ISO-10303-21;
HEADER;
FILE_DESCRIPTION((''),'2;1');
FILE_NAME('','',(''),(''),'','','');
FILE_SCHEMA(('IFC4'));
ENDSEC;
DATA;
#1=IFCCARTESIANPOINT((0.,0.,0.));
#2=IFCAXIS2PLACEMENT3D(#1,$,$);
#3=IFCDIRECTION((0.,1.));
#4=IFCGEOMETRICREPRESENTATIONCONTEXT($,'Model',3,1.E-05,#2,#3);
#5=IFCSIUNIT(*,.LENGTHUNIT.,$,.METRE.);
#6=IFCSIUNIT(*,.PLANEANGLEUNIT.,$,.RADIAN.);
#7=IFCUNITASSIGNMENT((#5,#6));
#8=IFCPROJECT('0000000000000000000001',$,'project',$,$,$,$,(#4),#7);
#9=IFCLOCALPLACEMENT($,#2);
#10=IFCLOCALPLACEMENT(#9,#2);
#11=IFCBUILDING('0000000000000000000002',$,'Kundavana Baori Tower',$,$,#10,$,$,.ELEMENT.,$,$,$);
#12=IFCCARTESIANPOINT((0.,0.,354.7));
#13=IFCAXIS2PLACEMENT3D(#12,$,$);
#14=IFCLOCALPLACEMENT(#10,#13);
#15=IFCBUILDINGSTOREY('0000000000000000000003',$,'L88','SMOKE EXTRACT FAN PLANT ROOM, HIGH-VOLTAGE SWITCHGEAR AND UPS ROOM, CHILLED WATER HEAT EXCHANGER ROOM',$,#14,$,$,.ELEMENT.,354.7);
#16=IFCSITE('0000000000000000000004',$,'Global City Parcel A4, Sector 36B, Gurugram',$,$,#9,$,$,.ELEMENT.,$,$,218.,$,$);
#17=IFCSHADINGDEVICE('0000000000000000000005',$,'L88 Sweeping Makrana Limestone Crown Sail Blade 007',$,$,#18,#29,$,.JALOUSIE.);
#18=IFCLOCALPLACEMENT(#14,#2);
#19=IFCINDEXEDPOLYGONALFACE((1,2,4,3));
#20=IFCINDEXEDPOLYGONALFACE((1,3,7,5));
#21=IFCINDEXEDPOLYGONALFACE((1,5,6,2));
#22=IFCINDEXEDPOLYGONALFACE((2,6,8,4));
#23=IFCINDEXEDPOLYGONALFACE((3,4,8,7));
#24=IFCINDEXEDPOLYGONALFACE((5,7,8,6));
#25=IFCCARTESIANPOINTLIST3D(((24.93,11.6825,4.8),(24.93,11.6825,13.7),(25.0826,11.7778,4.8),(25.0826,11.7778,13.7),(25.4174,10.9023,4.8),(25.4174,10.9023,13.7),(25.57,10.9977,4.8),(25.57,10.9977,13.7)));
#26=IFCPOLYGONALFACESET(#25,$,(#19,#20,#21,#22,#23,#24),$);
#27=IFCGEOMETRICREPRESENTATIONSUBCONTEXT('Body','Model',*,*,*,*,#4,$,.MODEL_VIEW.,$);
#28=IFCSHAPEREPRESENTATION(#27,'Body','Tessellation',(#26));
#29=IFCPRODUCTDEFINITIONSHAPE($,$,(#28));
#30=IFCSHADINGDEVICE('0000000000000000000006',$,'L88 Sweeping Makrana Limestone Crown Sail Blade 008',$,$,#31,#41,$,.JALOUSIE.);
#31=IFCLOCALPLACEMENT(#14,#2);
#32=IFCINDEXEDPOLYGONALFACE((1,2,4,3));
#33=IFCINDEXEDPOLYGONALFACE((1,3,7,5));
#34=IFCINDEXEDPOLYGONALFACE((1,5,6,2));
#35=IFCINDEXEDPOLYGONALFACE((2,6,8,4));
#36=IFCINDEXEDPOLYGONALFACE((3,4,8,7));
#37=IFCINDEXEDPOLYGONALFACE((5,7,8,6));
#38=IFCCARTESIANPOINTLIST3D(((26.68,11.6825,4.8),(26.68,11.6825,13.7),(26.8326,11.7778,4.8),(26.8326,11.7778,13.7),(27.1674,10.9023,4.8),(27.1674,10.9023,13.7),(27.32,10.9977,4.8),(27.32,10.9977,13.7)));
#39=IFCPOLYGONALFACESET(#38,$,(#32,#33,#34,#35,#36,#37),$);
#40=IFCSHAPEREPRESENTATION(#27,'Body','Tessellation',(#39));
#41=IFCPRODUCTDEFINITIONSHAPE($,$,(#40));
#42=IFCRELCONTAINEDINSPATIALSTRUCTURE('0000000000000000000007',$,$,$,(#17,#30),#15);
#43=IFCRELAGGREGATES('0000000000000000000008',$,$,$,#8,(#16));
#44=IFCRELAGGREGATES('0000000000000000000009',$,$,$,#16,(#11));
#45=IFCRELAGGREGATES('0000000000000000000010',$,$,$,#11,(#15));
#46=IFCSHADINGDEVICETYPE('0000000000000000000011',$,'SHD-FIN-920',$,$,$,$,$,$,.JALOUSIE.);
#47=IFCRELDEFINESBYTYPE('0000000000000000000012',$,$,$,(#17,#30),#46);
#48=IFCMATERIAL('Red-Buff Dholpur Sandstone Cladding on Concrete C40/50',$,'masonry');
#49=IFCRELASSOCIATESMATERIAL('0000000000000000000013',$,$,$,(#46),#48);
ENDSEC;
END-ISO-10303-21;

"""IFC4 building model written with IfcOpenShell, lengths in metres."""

from ifc_helpers import new_model, si_unit, direction, frame, origin, origin_2d, place, context, subcontext, project, spatial, rectangle, extrude, material, type_object, element, save


model = new_model("IFC4")

# Units and contexts
model_context = context("Model", 3, precision=1e-05, world=origin(), true_north=direction((0.0, 1.0)))
body_context = subcontext(model_context, "Body", "Model", "MODEL_VIEW")
ifc_project = project(units=[si_unit("LENGTHUNIT", "METRE"), si_unit("PLANEANGLEUNIT", "RADIAN")], contexts=[model_context])

# Site, building, storey
site_placement = place(None, origin())
site = spatial("IfcSite", under=ifc_project, at=site_placement, Name="Global City Parcel A4, Sector 36B, Gurugram", CompositionType="ELEMENT", RefElevation=218.0)
building_placement = place(site_placement, origin())
building = spatial("IfcBuilding", under=site, at=building_placement, Name="Kundavana Baori Tower", CompositionType="ELEMENT")
storey_placement = place(building_placement, frame((0.0, 0.0, 354.7)))
storey = spatial("IfcBuildingStorey", under=building, at=storey_placement, Name="L88", Description="SMOKE EXTRACT FAN PLANT ROOM, HIGH-VOLTAGE SWITCHGEAR AND UPS ROOM, CHILLED WATER HEAT EXCHANGER ROOM", CompositionType="ELEMENT", Elevation=354.7)

# Shading devices
ifc_material_1 = material(Name="Red-Buff Dholpur Sandstone Cladding on Concrete C40/50", Category="masonry")
shading_device_type = type_object("IfcShadingDeviceType", Name="SHD-FIN-920", PredefinedType="JALOUSIE", material=ifc_material_1)
for number, where, z_axis, x_axis, name in (
    (1, (25.25, 11.3401, 4.8), (0.0, 0.0, 1.0), (0.848048, 0.529919, 0.0), "L88 Sweeping Makrana Limestone Crown Sail Blade 007"),
    (2, (27.0, 11.3401, 4.8), (0.0, 0.0, 1.0), (0.848048, 0.529919, 0.0), "L88 Sweeping Makrana Limestone Crown Sail Blade 008"),
):
    element("IfcShadingDevice", number, at=place(storey_placement, frame(where, z_axis=z_axis, x_axis=x_axis)), inside=storey, type_object=shading_device_type, Name=name, PredefinedType="JALOUSIE", context=body_context, shape_type="SweptSolid", body=[
        extrude(rectangle(XDim=0.1799, YDim=0.9199, at=origin_2d()), origin(), (0.0, 0.0, 1.0), 8.8999),
    ])

save(model, "model.ifc")
